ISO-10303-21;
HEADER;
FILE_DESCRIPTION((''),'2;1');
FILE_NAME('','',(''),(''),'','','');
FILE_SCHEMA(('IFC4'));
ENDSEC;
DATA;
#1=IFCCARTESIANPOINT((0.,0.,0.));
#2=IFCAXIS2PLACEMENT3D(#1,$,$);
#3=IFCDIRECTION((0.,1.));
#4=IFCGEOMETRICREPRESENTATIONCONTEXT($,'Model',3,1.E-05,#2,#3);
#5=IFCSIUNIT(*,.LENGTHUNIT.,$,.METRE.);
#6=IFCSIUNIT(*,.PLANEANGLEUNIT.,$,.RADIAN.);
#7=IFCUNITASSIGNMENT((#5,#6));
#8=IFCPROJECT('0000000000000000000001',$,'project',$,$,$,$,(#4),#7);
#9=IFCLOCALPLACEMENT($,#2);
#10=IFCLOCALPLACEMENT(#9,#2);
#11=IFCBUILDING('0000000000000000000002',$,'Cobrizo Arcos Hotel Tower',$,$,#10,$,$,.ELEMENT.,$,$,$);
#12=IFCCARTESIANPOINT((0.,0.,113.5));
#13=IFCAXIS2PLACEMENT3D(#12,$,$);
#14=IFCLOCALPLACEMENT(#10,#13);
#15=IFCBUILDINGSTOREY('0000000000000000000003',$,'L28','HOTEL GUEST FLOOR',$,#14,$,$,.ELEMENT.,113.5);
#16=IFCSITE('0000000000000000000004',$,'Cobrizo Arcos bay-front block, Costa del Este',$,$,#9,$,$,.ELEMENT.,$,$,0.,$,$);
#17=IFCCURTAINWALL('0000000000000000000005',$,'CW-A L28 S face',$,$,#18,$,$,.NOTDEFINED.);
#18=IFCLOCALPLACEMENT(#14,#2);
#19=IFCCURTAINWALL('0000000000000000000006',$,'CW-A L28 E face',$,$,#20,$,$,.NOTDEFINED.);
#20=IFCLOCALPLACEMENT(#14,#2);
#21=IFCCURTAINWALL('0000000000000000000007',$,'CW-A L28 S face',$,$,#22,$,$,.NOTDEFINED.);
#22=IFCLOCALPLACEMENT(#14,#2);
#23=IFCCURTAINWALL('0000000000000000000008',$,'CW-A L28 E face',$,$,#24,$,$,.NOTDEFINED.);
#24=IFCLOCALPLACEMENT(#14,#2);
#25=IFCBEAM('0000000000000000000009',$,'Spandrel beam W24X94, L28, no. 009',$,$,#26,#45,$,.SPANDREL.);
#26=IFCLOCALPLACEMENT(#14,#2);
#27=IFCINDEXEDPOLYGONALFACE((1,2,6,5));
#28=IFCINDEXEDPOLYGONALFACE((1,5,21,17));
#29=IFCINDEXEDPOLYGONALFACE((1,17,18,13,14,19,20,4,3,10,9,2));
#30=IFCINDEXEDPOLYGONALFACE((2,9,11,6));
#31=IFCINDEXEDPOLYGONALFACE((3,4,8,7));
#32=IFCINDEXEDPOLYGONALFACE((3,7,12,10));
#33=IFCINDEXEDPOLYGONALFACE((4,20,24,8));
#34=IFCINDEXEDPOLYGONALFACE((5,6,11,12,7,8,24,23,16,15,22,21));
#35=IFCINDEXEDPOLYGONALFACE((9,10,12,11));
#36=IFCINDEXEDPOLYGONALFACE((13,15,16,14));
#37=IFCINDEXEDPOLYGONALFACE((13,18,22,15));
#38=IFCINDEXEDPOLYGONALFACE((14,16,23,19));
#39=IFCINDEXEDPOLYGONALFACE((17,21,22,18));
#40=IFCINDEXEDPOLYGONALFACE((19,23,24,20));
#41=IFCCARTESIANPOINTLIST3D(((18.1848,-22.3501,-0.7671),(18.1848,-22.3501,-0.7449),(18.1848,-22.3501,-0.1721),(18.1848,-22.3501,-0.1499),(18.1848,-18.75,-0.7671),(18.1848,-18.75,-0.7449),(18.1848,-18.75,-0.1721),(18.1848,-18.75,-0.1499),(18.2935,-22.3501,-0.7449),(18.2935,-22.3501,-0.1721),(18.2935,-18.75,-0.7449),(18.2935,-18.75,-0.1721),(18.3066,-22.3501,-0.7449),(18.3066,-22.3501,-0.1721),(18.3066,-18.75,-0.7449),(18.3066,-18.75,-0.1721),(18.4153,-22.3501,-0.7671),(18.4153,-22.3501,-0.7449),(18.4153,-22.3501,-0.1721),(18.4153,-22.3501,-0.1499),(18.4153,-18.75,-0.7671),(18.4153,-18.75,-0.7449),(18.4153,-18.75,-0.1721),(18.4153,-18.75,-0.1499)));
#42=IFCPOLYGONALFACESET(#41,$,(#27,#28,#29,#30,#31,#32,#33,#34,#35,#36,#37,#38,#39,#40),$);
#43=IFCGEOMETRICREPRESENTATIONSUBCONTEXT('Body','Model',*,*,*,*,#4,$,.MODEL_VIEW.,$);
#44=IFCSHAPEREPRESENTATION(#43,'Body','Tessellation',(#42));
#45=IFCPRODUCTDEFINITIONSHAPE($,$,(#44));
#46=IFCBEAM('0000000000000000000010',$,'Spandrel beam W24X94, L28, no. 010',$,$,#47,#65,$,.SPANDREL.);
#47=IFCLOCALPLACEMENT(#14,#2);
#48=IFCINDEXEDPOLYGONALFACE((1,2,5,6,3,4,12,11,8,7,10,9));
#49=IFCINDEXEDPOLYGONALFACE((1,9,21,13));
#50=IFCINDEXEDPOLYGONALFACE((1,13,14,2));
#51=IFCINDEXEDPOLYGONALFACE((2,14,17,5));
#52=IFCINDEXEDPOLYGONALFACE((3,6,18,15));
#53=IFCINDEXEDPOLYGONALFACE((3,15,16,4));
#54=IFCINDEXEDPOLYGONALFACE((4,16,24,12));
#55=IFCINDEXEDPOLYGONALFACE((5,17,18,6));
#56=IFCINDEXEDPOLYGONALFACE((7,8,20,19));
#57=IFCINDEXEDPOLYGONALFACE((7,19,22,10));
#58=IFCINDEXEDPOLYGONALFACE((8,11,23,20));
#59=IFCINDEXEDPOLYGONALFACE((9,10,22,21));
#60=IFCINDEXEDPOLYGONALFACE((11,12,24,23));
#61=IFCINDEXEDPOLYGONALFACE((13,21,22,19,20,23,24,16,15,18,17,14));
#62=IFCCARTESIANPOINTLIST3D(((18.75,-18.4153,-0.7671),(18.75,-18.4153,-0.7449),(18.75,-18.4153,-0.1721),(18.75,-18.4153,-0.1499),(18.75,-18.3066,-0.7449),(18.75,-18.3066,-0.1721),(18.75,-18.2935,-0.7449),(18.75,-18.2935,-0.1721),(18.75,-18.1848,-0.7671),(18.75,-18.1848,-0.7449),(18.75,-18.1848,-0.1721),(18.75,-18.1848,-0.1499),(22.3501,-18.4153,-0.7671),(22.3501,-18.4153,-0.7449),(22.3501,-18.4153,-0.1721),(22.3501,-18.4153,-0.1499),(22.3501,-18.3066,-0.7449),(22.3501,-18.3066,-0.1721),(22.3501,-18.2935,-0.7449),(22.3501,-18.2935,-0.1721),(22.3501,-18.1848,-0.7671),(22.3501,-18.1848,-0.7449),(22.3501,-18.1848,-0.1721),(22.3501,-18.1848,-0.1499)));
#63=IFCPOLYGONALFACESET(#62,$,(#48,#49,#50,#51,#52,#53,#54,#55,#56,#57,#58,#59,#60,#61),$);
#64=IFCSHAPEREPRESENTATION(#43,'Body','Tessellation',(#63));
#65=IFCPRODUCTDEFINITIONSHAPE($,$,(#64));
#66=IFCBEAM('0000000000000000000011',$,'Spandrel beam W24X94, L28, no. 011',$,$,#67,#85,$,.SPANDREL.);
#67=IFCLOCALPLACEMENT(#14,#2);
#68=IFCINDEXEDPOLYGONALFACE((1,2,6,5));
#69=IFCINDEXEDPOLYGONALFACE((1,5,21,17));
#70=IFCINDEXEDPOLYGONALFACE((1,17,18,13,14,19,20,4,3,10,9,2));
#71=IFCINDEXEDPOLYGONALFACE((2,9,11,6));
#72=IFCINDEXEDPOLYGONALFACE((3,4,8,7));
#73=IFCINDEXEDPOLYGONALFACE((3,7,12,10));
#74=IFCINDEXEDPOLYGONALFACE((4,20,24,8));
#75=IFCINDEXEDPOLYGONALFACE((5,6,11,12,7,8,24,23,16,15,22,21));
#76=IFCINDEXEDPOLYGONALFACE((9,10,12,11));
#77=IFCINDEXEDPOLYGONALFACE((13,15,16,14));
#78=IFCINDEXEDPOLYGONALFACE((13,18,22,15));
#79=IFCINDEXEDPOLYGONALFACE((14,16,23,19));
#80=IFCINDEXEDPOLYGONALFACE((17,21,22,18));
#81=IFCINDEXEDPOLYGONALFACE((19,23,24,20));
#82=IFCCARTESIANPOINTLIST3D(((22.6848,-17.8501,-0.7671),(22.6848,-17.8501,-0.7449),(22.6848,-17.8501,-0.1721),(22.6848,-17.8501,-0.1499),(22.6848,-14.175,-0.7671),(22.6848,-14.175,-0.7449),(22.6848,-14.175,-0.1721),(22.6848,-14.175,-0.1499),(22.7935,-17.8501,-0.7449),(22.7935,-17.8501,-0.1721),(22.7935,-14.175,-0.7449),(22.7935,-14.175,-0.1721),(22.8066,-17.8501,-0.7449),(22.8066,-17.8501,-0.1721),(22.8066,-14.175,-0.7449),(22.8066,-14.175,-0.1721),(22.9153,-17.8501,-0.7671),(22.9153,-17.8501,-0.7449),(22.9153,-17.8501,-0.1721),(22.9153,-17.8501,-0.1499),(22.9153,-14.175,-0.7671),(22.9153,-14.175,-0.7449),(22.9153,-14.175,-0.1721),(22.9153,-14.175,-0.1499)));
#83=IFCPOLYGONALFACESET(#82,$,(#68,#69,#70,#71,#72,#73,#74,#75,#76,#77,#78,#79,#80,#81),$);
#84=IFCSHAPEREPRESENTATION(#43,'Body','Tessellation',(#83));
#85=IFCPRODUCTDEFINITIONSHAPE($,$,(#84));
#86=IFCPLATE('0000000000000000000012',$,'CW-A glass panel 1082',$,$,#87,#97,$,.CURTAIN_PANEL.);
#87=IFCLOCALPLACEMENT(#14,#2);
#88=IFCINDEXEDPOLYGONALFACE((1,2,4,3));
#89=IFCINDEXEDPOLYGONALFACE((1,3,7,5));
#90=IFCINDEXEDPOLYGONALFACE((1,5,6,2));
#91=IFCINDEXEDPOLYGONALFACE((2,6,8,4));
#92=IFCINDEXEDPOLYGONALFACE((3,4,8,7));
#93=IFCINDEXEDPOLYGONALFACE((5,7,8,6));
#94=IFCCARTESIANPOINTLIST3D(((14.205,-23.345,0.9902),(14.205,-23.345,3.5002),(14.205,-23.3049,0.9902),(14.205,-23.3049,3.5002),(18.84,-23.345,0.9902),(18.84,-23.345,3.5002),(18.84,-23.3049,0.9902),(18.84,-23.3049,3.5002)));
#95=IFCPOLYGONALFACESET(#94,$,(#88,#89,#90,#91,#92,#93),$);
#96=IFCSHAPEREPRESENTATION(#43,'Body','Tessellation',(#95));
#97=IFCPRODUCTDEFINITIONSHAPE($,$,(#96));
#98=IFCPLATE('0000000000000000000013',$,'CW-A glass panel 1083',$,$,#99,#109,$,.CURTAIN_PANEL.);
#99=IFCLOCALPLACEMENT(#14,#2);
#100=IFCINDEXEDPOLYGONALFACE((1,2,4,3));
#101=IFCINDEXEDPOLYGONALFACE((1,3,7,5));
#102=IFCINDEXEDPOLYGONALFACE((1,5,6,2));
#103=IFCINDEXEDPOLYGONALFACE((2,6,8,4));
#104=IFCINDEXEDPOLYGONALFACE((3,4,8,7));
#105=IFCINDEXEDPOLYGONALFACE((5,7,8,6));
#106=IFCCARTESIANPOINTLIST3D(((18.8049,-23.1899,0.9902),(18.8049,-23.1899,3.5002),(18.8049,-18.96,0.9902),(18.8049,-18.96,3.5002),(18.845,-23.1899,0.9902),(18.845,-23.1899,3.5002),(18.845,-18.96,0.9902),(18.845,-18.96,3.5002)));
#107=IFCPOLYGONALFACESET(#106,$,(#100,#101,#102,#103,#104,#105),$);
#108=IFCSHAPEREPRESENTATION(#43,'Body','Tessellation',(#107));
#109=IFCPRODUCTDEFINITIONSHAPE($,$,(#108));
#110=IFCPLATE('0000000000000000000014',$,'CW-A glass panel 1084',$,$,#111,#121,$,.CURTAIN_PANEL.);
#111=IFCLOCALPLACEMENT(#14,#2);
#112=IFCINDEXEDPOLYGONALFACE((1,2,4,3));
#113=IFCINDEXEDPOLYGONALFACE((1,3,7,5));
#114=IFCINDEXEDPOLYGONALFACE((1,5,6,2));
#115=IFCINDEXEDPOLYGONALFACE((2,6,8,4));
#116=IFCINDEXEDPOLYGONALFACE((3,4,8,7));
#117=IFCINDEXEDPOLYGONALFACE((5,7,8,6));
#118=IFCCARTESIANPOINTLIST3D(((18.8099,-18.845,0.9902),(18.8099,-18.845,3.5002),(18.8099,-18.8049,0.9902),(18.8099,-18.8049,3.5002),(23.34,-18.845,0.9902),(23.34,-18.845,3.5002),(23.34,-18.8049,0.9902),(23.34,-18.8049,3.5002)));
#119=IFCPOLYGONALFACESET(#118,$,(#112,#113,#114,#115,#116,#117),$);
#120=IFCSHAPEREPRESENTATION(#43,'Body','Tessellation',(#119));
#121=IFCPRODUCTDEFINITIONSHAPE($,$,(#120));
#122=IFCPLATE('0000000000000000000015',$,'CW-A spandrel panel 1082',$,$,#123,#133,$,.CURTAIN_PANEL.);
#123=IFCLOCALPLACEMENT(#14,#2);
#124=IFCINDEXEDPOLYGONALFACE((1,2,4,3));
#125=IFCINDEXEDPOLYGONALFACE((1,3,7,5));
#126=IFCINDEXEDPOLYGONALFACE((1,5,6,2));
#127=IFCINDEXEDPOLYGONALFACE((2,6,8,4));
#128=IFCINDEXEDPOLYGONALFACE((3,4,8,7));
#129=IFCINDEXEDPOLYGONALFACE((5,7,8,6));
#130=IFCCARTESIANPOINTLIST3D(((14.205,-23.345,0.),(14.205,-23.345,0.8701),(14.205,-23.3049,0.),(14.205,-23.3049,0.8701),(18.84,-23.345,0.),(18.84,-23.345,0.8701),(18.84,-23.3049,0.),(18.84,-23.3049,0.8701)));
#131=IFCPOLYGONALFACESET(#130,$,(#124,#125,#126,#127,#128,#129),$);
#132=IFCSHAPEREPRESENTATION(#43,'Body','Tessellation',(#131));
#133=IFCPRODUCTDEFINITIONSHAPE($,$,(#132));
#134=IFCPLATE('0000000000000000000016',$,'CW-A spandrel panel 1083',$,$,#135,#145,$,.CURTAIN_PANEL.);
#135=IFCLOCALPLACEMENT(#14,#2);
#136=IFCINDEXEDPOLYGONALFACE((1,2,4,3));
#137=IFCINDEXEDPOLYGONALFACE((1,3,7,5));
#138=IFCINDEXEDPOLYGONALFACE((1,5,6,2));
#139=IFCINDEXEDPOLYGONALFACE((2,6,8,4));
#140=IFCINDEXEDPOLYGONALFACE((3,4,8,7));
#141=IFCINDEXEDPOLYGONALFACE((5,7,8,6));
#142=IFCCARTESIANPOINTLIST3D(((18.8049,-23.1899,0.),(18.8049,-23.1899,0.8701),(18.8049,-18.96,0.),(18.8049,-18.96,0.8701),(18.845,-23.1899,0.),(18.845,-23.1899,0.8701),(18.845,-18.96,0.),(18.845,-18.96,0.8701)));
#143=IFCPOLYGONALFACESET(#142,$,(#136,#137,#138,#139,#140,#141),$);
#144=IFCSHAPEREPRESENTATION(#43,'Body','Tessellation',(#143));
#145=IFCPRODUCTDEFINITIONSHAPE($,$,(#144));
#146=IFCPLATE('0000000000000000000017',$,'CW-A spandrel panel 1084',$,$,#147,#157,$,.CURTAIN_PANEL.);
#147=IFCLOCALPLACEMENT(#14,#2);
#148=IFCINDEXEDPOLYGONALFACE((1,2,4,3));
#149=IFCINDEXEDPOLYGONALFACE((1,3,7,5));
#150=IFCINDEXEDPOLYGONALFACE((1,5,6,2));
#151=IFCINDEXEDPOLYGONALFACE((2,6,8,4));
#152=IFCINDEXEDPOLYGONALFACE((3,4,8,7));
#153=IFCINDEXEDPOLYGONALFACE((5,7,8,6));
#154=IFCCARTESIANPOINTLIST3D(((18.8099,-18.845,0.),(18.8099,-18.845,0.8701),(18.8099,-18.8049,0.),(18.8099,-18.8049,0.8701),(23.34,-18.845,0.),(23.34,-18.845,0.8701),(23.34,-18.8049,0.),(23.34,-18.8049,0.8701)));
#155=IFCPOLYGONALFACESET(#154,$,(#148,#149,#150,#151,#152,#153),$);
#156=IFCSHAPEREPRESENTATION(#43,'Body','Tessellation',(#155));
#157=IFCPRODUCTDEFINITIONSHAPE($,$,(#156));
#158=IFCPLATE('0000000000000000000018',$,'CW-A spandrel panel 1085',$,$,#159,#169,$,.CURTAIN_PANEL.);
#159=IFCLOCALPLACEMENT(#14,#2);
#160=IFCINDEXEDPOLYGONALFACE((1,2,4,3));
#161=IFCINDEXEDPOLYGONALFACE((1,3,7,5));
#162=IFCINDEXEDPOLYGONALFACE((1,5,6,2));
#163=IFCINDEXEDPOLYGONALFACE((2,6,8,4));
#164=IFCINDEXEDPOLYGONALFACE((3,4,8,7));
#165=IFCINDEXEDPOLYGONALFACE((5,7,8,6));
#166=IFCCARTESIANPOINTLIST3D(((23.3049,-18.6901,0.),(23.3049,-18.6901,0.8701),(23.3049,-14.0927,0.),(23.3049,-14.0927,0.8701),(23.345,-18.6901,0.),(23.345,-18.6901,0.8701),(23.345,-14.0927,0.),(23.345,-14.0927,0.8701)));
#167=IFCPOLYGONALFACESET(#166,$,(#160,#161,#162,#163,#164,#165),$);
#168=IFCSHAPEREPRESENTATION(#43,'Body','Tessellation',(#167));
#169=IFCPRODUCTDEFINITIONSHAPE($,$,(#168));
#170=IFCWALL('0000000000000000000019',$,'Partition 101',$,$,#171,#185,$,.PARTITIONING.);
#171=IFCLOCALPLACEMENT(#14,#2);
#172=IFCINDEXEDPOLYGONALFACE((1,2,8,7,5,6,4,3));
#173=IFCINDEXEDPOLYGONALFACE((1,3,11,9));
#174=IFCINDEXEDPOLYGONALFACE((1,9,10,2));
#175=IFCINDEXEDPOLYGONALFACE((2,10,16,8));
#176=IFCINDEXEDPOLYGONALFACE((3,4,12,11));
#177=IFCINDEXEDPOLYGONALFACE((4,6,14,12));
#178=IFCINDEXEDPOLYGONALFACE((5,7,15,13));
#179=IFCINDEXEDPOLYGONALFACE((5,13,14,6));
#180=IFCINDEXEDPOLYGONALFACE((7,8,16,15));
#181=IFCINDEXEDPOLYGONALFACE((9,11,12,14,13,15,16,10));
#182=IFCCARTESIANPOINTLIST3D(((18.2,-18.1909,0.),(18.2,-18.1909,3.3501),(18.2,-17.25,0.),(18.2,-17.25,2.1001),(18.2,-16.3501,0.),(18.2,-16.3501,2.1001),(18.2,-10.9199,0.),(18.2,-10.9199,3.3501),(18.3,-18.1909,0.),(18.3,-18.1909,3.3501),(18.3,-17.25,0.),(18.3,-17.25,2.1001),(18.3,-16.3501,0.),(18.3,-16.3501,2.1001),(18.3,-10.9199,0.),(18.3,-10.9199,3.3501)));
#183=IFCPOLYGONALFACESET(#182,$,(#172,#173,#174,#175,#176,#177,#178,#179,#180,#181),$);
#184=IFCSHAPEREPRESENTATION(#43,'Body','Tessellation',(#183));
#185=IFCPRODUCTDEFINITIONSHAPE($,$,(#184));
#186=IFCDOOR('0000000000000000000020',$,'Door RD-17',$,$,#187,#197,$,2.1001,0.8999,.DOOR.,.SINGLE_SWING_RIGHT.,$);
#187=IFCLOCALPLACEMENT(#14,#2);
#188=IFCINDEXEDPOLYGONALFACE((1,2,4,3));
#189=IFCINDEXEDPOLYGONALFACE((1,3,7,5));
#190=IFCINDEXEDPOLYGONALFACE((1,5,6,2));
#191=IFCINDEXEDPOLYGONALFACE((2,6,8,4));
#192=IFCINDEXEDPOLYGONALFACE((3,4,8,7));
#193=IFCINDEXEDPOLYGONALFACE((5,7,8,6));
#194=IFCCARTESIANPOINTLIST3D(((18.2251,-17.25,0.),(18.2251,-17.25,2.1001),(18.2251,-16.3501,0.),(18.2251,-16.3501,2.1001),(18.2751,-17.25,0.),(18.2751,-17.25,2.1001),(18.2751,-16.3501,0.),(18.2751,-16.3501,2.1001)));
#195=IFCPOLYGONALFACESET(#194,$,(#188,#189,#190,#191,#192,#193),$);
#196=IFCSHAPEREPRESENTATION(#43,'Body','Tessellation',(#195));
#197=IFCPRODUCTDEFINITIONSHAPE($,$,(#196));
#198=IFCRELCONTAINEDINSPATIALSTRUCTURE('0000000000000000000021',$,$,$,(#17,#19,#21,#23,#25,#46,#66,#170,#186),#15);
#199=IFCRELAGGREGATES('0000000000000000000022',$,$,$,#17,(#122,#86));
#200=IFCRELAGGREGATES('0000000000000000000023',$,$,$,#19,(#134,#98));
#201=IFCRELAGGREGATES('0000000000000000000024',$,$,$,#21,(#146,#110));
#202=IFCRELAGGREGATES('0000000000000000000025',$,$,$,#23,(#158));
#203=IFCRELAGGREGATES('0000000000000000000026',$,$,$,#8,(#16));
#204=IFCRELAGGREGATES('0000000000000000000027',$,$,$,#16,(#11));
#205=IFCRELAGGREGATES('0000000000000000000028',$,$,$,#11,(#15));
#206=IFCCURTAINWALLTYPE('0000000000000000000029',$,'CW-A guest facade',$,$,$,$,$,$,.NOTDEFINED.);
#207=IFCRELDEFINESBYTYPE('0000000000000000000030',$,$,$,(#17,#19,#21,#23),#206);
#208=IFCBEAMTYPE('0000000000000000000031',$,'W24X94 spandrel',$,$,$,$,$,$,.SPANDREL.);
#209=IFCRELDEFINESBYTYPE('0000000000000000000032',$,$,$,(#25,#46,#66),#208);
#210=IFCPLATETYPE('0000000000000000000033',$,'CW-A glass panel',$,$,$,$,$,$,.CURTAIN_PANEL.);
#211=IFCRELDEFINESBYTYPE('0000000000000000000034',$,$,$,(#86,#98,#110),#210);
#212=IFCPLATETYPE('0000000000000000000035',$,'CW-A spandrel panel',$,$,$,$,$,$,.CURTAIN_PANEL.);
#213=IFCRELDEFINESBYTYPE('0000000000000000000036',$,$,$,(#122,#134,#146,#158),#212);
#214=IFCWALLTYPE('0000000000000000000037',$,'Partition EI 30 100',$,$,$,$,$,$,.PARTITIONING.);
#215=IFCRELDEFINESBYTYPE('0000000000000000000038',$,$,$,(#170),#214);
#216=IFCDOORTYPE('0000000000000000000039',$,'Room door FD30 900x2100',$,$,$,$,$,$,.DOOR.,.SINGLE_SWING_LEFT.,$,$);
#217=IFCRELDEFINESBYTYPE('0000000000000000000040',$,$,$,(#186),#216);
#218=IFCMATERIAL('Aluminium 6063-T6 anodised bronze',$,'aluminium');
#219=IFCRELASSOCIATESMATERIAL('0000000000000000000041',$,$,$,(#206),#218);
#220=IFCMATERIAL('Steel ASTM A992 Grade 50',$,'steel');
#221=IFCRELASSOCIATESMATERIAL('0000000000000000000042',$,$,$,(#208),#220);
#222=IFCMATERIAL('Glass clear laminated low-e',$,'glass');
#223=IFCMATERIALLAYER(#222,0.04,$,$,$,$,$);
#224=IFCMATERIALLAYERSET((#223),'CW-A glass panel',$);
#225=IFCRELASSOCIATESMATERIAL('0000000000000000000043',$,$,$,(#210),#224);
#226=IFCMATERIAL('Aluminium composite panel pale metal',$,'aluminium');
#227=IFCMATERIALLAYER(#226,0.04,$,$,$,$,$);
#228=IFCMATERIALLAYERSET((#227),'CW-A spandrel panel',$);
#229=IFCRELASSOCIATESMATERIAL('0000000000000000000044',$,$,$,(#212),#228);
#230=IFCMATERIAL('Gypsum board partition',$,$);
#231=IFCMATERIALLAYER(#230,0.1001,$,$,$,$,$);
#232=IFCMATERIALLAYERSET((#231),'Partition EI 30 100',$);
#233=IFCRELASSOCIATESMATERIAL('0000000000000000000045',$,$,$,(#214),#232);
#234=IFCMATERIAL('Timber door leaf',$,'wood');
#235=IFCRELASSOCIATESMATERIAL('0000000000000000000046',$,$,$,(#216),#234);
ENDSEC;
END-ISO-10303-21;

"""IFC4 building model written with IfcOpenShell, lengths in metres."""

from ifc_helpers import new_model, si_unit, direction, frame, frame_2d, origin, origin_2d, place, context, subcontext, project, spatial, rectangle, i_section, extrude, material, layer, layer_set, material_profile, profile_set, type_object, element, fill, aggregate, save


model = new_model("IFC4")

# Units and contexts
model_context = context("Model", 3, precision=1e-05, world=origin(), true_north=direction((0.0, 1.0)))
body_context = subcontext(model_context, "Body", "Model", "MODEL_VIEW")
ifc_project = project(units=[si_unit("LENGTHUNIT", "METRE"), si_unit("PLANEANGLEUNIT", "RADIAN")], contexts=[model_context])

# Site, building, storey
site_placement = place(None, origin())
site = spatial("IfcSite", under=ifc_project, at=site_placement, Name="Cobrizo Arcos bay-front block, Costa del Este", CompositionType="ELEMENT", RefElevation=0.0)
building_placement = place(site_placement, origin())
building = spatial("IfcBuilding", under=site, at=building_placement, Name="Cobrizo Arcos Hotel Tower", CompositionType="ELEMENT")
storey_placement = place(building_placement, frame((0.0, 0.0, 113.5)))
storey = spatial("IfcBuildingStorey", under=building, at=storey_placement, Name="L28", Description="HOTEL GUEST FLOOR", CompositionType="ELEMENT", Elevation=113.5)

# Curtain wall
ifc_material_1 = material(Name="Aluminium 6063-T6 anodised bronze", Category="aluminium")
curtain_wall_type = type_object("IfcCurtainWallType", Name="CW-A guest facade", PredefinedType="NOTDEFINED", material=ifc_material_1)
curtain_wall_1_placement = place(storey_placement, origin())
curtain_wall_1 = element("IfcCurtainWall", 1, at=curtain_wall_1_placement, inside=storey, type_object=curtain_wall_type, Name="CW-A L28 S face", PredefinedType="NOTDEFINED")

# Curtain walls
curtain_wall_2_placement = place(storey_placement, origin())
curtain_wall_2 = element("IfcCurtainWall", 2, at=curtain_wall_2_placement, inside=storey, type_object=curtain_wall_type, Name="CW-A L28 E face", PredefinedType="NOTDEFINED")
curtain_wall_3_placement = place(storey_placement, origin())
curtain_wall_3 = element("IfcCurtainWall", 3, at=curtain_wall_3_placement, inside=storey, type_object=curtain_wall_type, Name="CW-A L28 S face", PredefinedType="NOTDEFINED")

# Curtain wall
curtain_wall_4_placement = place(storey_placement, origin())
curtain_wall_4 = element("IfcCurtainWall", 4, at=curtain_wall_4_placement, inside=storey, type_object=curtain_wall_type, Name="CW-A L28 E face", PredefinedType="NOTDEFINED")

# Beams
ifc_material_2 = material(Name="Steel ASTM A992 Grade 50", Category="steel")
ifc_material_profile_1 = material_profile(ifc_material_2, i_section(OverallWidth=0.2305, OverallDepth=0.6172, WebThickness=0.0132, FlangeThickness=0.0222, at=origin_2d()), Name="W24X94")
ifc_profile_set_1 = profile_set([ifc_material_profile_1], Name="Steel ASTM A992 Grade 50")
beam_type_1 = type_object("IfcBeamType", Name="W24X94 spandrel", PredefinedType="SPANDREL", material=ifc_profile_set_1)
for number, where, z_axis, x_axis, name in (
    (5, (18.3, -22.3501, -0.4585), (0.0, 1.0, 0.0), (-1.0, 0.0, 0.0), "Spandrel beam W24X94, L28, no. 009"),
    (6, (18.75, -18.3, -0.4585), (1.0, 0.0, 0.0), (0.0, 1.0, 0.0), "Spandrel beam W24X94, L28, no. 010"),
):
    element("IfcBeam", number, at=place(storey_placement, frame(where, z_axis=z_axis, x_axis=x_axis)), inside=storey, type_object=beam_type_1, Name=name, PredefinedType="SPANDREL", context=body_context, shape_type="SweptSolid", body=[
        extrude(i_section(OverallWidth=0.2305, OverallDepth=0.6172, WebThickness=0.0132, FlangeThickness=0.0222, at=origin_2d()), origin(), (0.0, 0.0, 1.0), 3.6001),
    ])
beam_1_placement = place(storey_placement, frame((22.8, -17.8501, -0.4585), z_axis=(0.0, 1.0, 0.0), x_axis=(-1.0, 0.0, 0.0)))
element("IfcBeam", 7, at=beam_1_placement, inside=storey, type_object=beam_type_1, Name="Spandrel beam W24X94, L28, no. 011", PredefinedType="SPANDREL", context=body_context, shape_type="SweptSolid", body=[
    extrude(i_section(OverallWidth=0.2305, OverallDepth=0.6172, WebThickness=0.0132, FlangeThickness=0.0222, at=origin_2d()), origin(), (0.0, 0.0, 1.0), 3.675),
])

# Plates
ifc_material_3 = material(Name="Glass clear laminated low-e", Category="glass")
ifc_layer_1 = layer(ifc_material_3, 0.04)
ifc_layer_set_1 = layer_set([ifc_layer_1], Name="CW-A glass panel")
plate_type_1 = type_object("IfcPlateType", Name="CW-A glass panel", PredefinedType="CURTAIN_PANEL", material=ifc_layer_set_1)
plate_1_placement = place(storey_placement, frame((16.5225, -23.325, 0.9902), z_axis=(0.0, 0.0, 1.0), x_axis=(1.0, 0.0, 0.0)))
plate_1 = element("IfcPlate", 8, at=plate_1_placement, type_object=plate_type_1, Name="CW-A glass panel 1082", PredefinedType="CURTAIN_PANEL", context=body_context, shape_type="SweptSolid", body=[
    extrude(rectangle(XDim=4.635, YDim=0.04, at=origin_2d()), origin(), (0.0, 0.0, 1.0), 2.51),
])
plate_2_placement = place(storey_placement, frame((18.825, -21.075, 0.9902), z_axis=(0.0, 0.0, 1.0), x_axis=(0.0, 1.0, 0.0)))
plate_2 = element("IfcPlate", 9, at=plate_2_placement, type_object=plate_type_1, Name="CW-A glass panel 1083", PredefinedType="CURTAIN_PANEL", context=body_context, shape_type="SweptSolid", body=[
    extrude(rectangle(XDim=4.23, YDim=0.04, at=origin_2d()), origin(), (0.0, 0.0, 1.0), 2.51),
])
plate_3_placement = place(storey_placement, frame((21.075, -18.825, 0.9902), z_axis=(0.0, 0.0, 1.0), x_axis=(1.0, 0.0, 0.0)))
plate_3 = element("IfcPlate", 10, at=plate_3_placement, type_object=plate_type_1, Name="CW-A glass panel 1084", PredefinedType="CURTAIN_PANEL", context=body_context, shape_type="SweptSolid", body=[
    extrude(rectangle(XDim=4.53, YDim=0.04, at=origin_2d()), origin(), (0.0, 0.0, 1.0), 2.51),
])
ifc_material_4 = material(Name="Aluminium composite panel pale metal", Category="aluminium")
ifc_layer_2 = layer(ifc_material_4, 0.04)
ifc_layer_set_2 = layer_set([ifc_layer_2], Name="CW-A spandrel panel")
plate_type_2 = type_object("IfcPlateType", Name="CW-A spandrel panel", PredefinedType="CURTAIN_PANEL", material=ifc_layer_set_2)
plate_4_placement = place(storey_placement, frame((16.5225, -23.325, 0.0), z_axis=(0.0, 0.0, 1.0), x_axis=(1.0, 0.0, 0.0)))
plate_4 = element("IfcPlate", 11, at=plate_4_placement, type_object=plate_type_2, Name="CW-A spandrel panel 1082", PredefinedType="CURTAIN_PANEL", context=body_context, shape_type="SweptSolid", body=[
    extrude(rectangle(XDim=4.635, YDim=0.04, at=origin_2d()), origin(), (0.0, 0.0, 1.0), 0.8701),
])
aggregate(curtain_wall_1, [plate_4, plate_1])
plate_5_placement = place(storey_placement, frame((18.825, -21.075, 0.0), z_axis=(0.0, 0.0, 1.0), x_axis=(0.0, 1.0, 0.0)))
plate_5 = element("IfcPlate", 12, at=plate_5_placement, type_object=plate_type_2, Name="CW-A spandrel panel 1083", PredefinedType="CURTAIN_PANEL", context=body_context, shape_type="SweptSolid", body=[
    extrude(rectangle(XDim=4.23, YDim=0.04, at=origin_2d()), origin(), (0.0, 0.0, 1.0), 0.8701),
])
aggregate(curtain_wall_2, [plate_5, plate_2])
plate_6_placement = place(storey_placement, frame((21.075, -18.825, 0.0), z_axis=(0.0, 0.0, 1.0), x_axis=(1.0, 0.0, 0.0)))
plate_6 = element("IfcPlate", 13, at=plate_6_placement, type_object=plate_type_2, Name="CW-A spandrel panel 1084", PredefinedType="CURTAIN_PANEL", context=body_context, shape_type="SweptSolid", body=[
    extrude(rectangle(XDim=4.53, YDim=0.04, at=origin_2d()), origin(), (0.0, 0.0, 1.0), 0.8701),
])
aggregate(curtain_wall_3, [plate_6, plate_3])
plate_7_placement = place(storey_placement, frame((23.325, -16.3914, 0.0), z_axis=(0.0, 0.0, 1.0), x_axis=(0.0, 1.0, 0.0)))
plate_7 = element("IfcPlate", 14, at=plate_7_placement, type_object=plate_type_2, Name="CW-A spandrel panel 1085", PredefinedType="CURTAIN_PANEL", context=body_context, shape_type="SweptSolid", body=[
    extrude(rectangle(XDim=4.5974, YDim=0.04, at=origin_2d()), origin(), (0.0, 0.0, 1.0), 0.8701),
])
aggregate(curtain_wall_4, [plate_7])

# Wall, opening, door
ifc_material_5 = material(Name="Gypsum board partition")
ifc_layer_3 = layer(ifc_material_5, 0.1001)
ifc_layer_set_3 = layer_set([ifc_layer_3], Name="Partition EI 30 100")
wall_type = type_object("IfcWallType", Name="Partition EI 30 100", PredefinedType="PARTITIONING", material=ifc_layer_set_3)
wall_placement = place(storey_placement, frame((18.25, -18.1909, 0.0), z_axis=(0.0, 0.0, 1.0), x_axis=(0.0, 1.0, 0.0)))
wall = element("IfcWall", 15, at=wall_placement, inside=storey, type_object=wall_type, Name="Partition 101", PredefinedType="PARTITIONING", context=body_context, shape_type="SweptSolid", body=[
    extrude(rectangle(XDim=7.271, YDim=0.1001, at=frame_2d((3.6355, 0.0))), origin(), (0.0, 0.0, 1.0), 3.3501),
])
opening_placement = place(wall_placement, frame((0.9409, 0.0, 0.0)))
opening = element("IfcOpeningElement", 16, at=opening_placement, cuts=wall, PredefinedType="OPENING", context=body_context, shape_type="SweptSolid", body=[
    extrude(rectangle(XDim=0.8999, YDim=2.1001, at=frame_2d((0.45, 1.05))), frame((0.0, 0.062, 0.0), z_axis=(0.0, -1.0, 0.0), x_axis=(1.0, 0.0, 0.0)), (0.0, 0.0, 1.0), 0.124),
])
ifc_material_6 = material(Name="Timber door leaf", Category="wood")
door_type = type_object("IfcDoorType", Name="Room door FD30 900x2100", OperationType="SINGLE_SWING_LEFT", PredefinedType="DOOR", material=ifc_material_6)
door_placement = place(opening_placement, origin())
door = element("IfcDoor", 17, at=door_placement, inside=storey, type_object=door_type, Name="Door RD-17", OperationType="SINGLE_SWING_RIGHT", OverallHeight=2.1001, OverallWidth=0.8999, PredefinedType="DOOR", context=body_context, shape_type="SweptSolid", body=[
    extrude(rectangle(XDim=0.8999, YDim=2.1001, at=frame_2d((0.45, 1.05))), frame((0.0, 0.0249, 0.0), z_axis=(0.0, -1.0, 0.0), x_axis=(1.0, 0.0, 0.0)), (0.0, 0.0, 1.0), 0.05),
])
fill(opening, door)

save(model, "model.ifc")
